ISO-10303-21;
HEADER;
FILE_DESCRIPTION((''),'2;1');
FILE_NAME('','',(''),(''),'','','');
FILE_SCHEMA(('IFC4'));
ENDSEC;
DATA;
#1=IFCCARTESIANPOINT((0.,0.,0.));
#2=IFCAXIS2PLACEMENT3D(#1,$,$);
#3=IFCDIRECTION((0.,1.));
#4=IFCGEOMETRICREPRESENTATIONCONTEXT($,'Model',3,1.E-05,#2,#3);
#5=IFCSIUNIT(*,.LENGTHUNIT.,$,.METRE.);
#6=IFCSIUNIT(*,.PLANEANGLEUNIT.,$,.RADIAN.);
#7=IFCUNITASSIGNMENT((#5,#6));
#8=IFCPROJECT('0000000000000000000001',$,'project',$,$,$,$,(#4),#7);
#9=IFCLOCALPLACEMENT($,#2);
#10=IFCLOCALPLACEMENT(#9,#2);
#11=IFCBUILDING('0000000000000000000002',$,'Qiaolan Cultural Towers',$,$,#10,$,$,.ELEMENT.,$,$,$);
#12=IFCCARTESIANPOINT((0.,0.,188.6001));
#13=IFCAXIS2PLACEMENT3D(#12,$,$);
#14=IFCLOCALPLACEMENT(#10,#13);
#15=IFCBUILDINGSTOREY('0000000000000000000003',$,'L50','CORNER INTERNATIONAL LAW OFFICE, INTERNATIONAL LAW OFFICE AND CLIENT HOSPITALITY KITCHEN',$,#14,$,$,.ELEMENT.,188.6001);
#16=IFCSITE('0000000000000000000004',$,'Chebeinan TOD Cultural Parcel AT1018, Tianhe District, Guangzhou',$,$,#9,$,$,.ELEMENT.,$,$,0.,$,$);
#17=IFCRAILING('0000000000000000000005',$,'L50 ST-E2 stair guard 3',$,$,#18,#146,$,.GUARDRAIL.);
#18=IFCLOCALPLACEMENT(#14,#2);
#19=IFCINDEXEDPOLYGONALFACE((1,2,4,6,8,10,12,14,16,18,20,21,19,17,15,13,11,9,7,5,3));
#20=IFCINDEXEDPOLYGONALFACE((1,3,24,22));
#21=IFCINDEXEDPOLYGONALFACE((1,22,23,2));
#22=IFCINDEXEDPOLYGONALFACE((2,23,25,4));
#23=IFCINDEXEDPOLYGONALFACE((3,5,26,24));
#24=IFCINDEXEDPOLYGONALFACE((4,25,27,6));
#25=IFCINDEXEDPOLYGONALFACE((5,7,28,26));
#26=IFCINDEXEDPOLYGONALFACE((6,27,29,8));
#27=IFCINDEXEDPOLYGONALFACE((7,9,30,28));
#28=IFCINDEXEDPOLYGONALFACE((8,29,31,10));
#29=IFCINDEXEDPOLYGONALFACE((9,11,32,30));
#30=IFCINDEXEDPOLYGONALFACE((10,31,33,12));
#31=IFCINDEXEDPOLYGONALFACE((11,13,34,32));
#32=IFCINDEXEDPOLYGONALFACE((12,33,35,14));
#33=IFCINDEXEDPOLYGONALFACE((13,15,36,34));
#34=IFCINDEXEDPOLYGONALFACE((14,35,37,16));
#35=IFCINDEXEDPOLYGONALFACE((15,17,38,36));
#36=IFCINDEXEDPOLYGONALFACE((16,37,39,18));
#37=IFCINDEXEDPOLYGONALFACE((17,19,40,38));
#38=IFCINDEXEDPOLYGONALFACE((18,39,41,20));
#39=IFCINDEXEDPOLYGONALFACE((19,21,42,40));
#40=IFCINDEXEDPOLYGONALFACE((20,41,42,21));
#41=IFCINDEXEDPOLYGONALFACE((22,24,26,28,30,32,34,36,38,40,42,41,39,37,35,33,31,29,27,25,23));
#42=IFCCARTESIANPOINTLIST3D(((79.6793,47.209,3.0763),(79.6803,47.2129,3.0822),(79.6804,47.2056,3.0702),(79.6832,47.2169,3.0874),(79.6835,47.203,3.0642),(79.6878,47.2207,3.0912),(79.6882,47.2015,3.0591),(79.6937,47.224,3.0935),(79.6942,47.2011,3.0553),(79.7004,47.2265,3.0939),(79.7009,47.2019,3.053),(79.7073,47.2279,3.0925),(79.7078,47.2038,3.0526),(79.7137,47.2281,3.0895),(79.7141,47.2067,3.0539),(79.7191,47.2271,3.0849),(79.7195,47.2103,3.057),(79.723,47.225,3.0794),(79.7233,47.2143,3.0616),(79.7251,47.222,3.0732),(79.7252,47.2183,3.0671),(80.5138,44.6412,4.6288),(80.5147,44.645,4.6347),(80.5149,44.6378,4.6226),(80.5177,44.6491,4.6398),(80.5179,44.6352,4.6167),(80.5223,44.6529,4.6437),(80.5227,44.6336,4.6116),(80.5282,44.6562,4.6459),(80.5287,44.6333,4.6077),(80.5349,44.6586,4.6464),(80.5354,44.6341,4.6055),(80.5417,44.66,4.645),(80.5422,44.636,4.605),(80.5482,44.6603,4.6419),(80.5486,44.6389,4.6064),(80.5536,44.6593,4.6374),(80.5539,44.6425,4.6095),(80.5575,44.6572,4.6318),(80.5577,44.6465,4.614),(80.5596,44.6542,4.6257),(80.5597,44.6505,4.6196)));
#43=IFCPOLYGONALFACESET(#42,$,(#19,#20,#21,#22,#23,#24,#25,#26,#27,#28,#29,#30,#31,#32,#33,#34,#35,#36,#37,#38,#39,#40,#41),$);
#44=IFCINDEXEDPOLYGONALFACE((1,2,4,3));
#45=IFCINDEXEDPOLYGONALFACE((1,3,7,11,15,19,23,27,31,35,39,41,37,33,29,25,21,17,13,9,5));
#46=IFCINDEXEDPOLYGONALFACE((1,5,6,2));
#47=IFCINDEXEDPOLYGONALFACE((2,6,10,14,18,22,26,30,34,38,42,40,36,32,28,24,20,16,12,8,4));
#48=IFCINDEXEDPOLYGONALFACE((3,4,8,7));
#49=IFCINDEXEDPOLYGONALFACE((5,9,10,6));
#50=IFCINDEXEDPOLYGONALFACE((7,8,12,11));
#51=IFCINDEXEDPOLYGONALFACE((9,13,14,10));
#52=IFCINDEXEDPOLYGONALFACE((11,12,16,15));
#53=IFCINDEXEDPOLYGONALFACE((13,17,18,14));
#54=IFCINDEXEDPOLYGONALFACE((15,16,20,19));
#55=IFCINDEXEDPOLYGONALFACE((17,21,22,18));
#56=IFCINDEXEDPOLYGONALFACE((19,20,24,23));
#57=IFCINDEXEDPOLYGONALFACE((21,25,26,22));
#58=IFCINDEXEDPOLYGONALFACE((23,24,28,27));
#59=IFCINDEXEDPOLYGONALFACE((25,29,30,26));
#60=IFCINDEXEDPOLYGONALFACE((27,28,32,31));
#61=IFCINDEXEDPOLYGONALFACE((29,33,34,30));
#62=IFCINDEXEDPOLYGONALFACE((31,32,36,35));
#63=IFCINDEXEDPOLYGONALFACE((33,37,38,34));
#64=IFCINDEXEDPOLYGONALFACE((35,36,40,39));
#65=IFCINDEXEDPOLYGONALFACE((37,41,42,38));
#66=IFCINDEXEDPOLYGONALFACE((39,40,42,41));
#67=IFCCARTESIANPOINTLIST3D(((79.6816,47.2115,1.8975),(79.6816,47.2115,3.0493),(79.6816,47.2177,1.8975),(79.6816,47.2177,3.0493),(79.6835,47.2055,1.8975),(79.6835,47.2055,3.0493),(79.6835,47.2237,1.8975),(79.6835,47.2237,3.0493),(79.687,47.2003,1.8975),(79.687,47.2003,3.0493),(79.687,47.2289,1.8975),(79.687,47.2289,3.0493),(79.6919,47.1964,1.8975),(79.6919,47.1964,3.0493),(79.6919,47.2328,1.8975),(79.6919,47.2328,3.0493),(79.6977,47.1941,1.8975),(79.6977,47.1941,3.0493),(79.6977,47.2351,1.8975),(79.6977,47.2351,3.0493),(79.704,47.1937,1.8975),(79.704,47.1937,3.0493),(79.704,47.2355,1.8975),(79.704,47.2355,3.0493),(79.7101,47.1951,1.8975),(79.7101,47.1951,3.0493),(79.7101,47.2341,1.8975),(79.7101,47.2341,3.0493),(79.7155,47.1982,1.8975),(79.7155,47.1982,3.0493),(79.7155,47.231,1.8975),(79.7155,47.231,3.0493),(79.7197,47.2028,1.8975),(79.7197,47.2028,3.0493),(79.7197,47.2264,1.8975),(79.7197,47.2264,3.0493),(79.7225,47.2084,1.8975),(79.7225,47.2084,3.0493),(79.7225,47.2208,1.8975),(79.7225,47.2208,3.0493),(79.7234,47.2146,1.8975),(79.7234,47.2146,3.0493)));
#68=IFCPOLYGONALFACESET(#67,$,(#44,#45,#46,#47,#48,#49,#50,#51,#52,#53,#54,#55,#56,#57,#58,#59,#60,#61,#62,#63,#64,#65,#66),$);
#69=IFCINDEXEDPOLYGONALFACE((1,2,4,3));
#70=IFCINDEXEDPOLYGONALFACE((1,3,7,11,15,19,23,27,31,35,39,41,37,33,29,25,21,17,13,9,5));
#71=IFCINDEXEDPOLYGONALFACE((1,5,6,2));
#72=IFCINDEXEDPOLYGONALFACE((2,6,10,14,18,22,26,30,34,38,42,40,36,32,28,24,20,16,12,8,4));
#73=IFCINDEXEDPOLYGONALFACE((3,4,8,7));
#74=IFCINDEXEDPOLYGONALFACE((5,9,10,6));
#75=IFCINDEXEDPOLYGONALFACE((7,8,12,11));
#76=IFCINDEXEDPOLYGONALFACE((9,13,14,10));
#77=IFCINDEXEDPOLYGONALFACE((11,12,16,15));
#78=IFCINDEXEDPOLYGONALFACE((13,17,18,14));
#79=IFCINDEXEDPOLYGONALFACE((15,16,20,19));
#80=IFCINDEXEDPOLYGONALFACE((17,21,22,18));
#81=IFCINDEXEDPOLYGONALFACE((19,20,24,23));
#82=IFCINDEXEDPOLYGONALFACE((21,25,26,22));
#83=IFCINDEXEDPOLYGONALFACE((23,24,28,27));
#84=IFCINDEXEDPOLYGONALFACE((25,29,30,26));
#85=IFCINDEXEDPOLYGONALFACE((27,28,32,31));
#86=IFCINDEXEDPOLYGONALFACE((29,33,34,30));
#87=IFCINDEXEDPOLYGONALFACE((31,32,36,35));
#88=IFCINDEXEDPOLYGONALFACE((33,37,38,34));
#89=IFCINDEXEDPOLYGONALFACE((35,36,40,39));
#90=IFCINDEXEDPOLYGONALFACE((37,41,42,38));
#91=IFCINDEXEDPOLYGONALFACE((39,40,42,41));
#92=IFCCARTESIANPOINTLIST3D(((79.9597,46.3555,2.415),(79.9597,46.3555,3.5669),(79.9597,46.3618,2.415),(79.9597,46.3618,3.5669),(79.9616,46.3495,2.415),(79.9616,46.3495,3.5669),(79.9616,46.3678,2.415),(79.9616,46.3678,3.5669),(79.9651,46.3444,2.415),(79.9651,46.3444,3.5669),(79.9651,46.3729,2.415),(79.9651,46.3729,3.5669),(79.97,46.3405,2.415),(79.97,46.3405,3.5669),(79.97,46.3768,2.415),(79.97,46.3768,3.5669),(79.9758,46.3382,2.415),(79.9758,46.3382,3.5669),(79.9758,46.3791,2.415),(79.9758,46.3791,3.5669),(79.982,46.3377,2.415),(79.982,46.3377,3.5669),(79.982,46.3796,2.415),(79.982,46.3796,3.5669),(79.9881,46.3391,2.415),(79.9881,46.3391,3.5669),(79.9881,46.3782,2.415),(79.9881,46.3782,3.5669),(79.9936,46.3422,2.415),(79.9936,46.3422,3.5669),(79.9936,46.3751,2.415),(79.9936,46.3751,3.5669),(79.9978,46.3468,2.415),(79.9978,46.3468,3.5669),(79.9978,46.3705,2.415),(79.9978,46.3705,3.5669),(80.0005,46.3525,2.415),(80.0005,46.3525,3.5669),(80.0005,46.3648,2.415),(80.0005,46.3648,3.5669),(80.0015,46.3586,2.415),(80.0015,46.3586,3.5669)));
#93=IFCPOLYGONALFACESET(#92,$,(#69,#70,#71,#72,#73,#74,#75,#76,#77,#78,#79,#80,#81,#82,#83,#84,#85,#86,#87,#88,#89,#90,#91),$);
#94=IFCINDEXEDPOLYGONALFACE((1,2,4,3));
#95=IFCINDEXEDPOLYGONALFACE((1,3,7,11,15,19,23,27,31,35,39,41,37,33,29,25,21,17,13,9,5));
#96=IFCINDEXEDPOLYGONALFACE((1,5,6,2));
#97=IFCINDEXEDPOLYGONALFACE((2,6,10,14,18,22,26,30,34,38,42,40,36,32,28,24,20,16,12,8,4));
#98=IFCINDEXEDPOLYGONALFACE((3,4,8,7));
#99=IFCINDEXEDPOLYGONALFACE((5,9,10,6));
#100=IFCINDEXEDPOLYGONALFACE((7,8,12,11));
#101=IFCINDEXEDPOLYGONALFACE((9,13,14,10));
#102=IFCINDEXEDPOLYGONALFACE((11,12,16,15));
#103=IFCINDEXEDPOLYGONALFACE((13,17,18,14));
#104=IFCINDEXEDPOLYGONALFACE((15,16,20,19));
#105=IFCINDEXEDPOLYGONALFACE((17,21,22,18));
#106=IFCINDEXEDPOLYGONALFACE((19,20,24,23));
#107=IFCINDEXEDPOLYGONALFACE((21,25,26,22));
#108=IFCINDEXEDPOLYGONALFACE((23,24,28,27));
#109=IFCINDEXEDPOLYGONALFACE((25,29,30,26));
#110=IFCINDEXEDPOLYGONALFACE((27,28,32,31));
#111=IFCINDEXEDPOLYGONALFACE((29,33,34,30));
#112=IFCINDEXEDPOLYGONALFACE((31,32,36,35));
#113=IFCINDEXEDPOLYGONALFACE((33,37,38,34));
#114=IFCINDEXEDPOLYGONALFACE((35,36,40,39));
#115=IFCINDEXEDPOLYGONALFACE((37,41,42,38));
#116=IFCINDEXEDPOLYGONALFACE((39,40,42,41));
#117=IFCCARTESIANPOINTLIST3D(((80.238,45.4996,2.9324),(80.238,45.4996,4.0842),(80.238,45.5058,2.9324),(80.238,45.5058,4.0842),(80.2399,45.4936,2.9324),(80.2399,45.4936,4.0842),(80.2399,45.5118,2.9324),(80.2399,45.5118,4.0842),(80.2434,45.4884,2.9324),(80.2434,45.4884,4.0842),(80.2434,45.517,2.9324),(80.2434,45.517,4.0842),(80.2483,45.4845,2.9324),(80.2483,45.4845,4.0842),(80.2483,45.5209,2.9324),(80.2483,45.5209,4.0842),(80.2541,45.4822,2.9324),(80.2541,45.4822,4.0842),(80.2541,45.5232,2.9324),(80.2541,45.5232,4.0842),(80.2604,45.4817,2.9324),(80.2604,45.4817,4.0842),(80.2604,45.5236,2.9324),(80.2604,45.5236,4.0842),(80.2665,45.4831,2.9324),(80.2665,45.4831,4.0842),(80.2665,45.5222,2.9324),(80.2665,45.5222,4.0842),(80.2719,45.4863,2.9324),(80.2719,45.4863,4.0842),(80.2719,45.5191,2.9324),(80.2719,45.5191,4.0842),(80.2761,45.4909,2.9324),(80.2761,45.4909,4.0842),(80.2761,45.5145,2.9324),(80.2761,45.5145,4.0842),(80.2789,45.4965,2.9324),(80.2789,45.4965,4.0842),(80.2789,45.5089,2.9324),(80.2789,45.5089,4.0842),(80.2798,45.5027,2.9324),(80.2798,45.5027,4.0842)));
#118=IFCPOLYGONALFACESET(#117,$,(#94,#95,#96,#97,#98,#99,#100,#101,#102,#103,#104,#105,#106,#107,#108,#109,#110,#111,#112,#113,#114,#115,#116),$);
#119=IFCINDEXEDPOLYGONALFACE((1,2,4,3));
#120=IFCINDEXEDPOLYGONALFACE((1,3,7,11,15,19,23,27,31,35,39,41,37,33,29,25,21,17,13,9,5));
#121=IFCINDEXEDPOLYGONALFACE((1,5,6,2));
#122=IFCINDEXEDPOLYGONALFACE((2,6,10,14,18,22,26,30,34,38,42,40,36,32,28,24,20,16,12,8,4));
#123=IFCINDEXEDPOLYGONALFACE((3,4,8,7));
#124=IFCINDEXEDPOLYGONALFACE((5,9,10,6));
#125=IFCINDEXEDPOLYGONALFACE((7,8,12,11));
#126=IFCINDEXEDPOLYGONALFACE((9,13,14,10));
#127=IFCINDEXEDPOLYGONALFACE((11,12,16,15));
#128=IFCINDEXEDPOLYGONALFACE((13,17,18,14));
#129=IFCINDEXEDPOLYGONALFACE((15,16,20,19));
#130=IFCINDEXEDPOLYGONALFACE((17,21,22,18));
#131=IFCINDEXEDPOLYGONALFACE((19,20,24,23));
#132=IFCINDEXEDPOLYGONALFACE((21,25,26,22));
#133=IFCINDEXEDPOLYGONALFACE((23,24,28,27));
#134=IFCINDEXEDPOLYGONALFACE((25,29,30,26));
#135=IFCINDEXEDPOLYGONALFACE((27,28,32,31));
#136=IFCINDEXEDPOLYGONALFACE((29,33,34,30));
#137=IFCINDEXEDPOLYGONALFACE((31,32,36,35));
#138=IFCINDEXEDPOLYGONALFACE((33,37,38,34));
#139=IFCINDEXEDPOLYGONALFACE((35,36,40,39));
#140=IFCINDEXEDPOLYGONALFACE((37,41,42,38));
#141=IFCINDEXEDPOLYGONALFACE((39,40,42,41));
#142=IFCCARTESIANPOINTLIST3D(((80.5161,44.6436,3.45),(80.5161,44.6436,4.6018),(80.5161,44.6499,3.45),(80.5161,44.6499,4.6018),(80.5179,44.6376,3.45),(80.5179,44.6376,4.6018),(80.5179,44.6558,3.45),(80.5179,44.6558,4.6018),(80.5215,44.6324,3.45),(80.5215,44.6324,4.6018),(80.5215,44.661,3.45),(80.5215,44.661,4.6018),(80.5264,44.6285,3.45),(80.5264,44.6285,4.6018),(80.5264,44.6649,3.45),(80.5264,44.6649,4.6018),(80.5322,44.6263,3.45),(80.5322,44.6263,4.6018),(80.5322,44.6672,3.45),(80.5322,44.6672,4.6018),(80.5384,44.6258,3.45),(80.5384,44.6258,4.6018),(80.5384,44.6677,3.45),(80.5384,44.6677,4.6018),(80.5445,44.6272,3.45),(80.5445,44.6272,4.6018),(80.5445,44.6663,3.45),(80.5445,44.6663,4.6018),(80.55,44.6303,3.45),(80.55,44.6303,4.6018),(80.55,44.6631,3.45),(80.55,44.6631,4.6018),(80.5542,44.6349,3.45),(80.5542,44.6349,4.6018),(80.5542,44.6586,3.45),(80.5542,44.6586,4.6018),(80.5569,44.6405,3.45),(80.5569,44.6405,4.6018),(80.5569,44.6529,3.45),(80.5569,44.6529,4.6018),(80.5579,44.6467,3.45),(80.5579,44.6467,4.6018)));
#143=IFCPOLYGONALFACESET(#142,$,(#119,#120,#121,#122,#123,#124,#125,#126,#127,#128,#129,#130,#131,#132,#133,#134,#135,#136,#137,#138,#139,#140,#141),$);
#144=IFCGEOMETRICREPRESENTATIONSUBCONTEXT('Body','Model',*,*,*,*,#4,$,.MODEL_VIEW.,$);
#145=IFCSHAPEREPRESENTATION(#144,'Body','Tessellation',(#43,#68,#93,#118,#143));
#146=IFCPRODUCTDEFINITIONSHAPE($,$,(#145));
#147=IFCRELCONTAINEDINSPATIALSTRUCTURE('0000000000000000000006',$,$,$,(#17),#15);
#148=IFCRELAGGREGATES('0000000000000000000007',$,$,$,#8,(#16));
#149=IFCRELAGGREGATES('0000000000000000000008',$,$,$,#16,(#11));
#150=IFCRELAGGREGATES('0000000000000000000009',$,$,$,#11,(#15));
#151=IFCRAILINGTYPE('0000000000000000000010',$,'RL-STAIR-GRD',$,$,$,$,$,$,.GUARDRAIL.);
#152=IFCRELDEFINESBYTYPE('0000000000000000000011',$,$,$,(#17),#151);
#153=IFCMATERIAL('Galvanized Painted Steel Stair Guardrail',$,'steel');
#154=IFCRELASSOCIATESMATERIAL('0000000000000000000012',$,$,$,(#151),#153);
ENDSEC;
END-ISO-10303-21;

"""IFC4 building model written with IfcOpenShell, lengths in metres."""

from ifc_helpers import new_model, si_unit, direction, frame, origin, origin_2d, place, context, subcontext, project, spatial, circle, extrude, material, type_object, element, save


model = new_model("IFC4")

# Units and contexts
model_context = context("Model", 3, precision=1e-05, world=origin(), true_north=direction((0.0, 1.0)))
body_context = subcontext(model_context, "Body", "Model", "MODEL_VIEW")
ifc_project = project(units=[si_unit("LENGTHUNIT", "METRE"), si_unit("PLANEANGLEUNIT", "RADIAN")], contexts=[model_context])

# Site, building, storey
site_placement = place(None, origin())
site = spatial("IfcSite", under=ifc_project, at=site_placement, Name="Chebeinan TOD Cultural Parcel AT1018, Tianhe District, Guangzhou", CompositionType="ELEMENT", RefElevation=0.0)
building_placement = place(site_placement, origin())
building = spatial("IfcBuilding", under=site, at=building_placement, Name="Qiaolan Cultural Towers", CompositionType="ELEMENT")
storey_placement = place(building_placement, frame((0.0, 0.0, 188.6001)))
storey = spatial("IfcBuildingStorey", under=building, at=storey_placement, Name="L50", Description="CORNER INTERNATIONAL LAW OFFICE, INTERNATIONAL LAW OFFICE AND CLIENT HOSPITALITY KITCHEN", CompositionType="ELEMENT", Elevation=188.6001)

# Railing
ifc_material_1 = material(Name="Galvanized Painted Steel Stair Guardrail", Category="steel")
railing_type_1 = type_object("IfcRailingType", Name="RL-STAIR-GRD", PredefinedType="GUARDRAIL", material=ifc_material_1)
railing_1_placement = place(storey_placement, frame((79.7024, 47.2146, 1.8975)))
element("IfcRailing", 1, at=railing_1_placement, inside=storey, type_object=railing_type_1, Name="L50 ST-E2 stair guard 3", PredefinedType="GUARDRAIL", context=body_context, shape_type="SweptSolid", body=[
    extrude(circle(Radius=0.0239, at=origin_2d()), frame((0.0, 0.0, 1.1758), z_axis=(0.267926, -0.824471, 0.498461), x_axis=(0.951043, 0.309057, 0.0)), (0.0, 0.0, 1.0), 3.1145),
    extrude(circle(Radius=0.021, at=origin_2d()), origin(), (0.0, 0.0, 1.0), 1.1519),
    extrude(circle(Radius=0.021, at=origin_2d()), frame((0.2781, -0.856, 0.5176)), (0.0, 0.0, 1.0), 1.1519),
    extrude(circle(Radius=0.021, at=origin_2d()), frame((0.5564, -1.7119, 1.0349)), (0.0, 0.0, 1.0), 1.1519),
    extrude(circle(Radius=0.021, at=origin_2d()), frame((0.8345, -2.5679, 1.5525)), (0.0, 0.0, 1.0), 1.1519),
])

save(model, "model.ifc")
